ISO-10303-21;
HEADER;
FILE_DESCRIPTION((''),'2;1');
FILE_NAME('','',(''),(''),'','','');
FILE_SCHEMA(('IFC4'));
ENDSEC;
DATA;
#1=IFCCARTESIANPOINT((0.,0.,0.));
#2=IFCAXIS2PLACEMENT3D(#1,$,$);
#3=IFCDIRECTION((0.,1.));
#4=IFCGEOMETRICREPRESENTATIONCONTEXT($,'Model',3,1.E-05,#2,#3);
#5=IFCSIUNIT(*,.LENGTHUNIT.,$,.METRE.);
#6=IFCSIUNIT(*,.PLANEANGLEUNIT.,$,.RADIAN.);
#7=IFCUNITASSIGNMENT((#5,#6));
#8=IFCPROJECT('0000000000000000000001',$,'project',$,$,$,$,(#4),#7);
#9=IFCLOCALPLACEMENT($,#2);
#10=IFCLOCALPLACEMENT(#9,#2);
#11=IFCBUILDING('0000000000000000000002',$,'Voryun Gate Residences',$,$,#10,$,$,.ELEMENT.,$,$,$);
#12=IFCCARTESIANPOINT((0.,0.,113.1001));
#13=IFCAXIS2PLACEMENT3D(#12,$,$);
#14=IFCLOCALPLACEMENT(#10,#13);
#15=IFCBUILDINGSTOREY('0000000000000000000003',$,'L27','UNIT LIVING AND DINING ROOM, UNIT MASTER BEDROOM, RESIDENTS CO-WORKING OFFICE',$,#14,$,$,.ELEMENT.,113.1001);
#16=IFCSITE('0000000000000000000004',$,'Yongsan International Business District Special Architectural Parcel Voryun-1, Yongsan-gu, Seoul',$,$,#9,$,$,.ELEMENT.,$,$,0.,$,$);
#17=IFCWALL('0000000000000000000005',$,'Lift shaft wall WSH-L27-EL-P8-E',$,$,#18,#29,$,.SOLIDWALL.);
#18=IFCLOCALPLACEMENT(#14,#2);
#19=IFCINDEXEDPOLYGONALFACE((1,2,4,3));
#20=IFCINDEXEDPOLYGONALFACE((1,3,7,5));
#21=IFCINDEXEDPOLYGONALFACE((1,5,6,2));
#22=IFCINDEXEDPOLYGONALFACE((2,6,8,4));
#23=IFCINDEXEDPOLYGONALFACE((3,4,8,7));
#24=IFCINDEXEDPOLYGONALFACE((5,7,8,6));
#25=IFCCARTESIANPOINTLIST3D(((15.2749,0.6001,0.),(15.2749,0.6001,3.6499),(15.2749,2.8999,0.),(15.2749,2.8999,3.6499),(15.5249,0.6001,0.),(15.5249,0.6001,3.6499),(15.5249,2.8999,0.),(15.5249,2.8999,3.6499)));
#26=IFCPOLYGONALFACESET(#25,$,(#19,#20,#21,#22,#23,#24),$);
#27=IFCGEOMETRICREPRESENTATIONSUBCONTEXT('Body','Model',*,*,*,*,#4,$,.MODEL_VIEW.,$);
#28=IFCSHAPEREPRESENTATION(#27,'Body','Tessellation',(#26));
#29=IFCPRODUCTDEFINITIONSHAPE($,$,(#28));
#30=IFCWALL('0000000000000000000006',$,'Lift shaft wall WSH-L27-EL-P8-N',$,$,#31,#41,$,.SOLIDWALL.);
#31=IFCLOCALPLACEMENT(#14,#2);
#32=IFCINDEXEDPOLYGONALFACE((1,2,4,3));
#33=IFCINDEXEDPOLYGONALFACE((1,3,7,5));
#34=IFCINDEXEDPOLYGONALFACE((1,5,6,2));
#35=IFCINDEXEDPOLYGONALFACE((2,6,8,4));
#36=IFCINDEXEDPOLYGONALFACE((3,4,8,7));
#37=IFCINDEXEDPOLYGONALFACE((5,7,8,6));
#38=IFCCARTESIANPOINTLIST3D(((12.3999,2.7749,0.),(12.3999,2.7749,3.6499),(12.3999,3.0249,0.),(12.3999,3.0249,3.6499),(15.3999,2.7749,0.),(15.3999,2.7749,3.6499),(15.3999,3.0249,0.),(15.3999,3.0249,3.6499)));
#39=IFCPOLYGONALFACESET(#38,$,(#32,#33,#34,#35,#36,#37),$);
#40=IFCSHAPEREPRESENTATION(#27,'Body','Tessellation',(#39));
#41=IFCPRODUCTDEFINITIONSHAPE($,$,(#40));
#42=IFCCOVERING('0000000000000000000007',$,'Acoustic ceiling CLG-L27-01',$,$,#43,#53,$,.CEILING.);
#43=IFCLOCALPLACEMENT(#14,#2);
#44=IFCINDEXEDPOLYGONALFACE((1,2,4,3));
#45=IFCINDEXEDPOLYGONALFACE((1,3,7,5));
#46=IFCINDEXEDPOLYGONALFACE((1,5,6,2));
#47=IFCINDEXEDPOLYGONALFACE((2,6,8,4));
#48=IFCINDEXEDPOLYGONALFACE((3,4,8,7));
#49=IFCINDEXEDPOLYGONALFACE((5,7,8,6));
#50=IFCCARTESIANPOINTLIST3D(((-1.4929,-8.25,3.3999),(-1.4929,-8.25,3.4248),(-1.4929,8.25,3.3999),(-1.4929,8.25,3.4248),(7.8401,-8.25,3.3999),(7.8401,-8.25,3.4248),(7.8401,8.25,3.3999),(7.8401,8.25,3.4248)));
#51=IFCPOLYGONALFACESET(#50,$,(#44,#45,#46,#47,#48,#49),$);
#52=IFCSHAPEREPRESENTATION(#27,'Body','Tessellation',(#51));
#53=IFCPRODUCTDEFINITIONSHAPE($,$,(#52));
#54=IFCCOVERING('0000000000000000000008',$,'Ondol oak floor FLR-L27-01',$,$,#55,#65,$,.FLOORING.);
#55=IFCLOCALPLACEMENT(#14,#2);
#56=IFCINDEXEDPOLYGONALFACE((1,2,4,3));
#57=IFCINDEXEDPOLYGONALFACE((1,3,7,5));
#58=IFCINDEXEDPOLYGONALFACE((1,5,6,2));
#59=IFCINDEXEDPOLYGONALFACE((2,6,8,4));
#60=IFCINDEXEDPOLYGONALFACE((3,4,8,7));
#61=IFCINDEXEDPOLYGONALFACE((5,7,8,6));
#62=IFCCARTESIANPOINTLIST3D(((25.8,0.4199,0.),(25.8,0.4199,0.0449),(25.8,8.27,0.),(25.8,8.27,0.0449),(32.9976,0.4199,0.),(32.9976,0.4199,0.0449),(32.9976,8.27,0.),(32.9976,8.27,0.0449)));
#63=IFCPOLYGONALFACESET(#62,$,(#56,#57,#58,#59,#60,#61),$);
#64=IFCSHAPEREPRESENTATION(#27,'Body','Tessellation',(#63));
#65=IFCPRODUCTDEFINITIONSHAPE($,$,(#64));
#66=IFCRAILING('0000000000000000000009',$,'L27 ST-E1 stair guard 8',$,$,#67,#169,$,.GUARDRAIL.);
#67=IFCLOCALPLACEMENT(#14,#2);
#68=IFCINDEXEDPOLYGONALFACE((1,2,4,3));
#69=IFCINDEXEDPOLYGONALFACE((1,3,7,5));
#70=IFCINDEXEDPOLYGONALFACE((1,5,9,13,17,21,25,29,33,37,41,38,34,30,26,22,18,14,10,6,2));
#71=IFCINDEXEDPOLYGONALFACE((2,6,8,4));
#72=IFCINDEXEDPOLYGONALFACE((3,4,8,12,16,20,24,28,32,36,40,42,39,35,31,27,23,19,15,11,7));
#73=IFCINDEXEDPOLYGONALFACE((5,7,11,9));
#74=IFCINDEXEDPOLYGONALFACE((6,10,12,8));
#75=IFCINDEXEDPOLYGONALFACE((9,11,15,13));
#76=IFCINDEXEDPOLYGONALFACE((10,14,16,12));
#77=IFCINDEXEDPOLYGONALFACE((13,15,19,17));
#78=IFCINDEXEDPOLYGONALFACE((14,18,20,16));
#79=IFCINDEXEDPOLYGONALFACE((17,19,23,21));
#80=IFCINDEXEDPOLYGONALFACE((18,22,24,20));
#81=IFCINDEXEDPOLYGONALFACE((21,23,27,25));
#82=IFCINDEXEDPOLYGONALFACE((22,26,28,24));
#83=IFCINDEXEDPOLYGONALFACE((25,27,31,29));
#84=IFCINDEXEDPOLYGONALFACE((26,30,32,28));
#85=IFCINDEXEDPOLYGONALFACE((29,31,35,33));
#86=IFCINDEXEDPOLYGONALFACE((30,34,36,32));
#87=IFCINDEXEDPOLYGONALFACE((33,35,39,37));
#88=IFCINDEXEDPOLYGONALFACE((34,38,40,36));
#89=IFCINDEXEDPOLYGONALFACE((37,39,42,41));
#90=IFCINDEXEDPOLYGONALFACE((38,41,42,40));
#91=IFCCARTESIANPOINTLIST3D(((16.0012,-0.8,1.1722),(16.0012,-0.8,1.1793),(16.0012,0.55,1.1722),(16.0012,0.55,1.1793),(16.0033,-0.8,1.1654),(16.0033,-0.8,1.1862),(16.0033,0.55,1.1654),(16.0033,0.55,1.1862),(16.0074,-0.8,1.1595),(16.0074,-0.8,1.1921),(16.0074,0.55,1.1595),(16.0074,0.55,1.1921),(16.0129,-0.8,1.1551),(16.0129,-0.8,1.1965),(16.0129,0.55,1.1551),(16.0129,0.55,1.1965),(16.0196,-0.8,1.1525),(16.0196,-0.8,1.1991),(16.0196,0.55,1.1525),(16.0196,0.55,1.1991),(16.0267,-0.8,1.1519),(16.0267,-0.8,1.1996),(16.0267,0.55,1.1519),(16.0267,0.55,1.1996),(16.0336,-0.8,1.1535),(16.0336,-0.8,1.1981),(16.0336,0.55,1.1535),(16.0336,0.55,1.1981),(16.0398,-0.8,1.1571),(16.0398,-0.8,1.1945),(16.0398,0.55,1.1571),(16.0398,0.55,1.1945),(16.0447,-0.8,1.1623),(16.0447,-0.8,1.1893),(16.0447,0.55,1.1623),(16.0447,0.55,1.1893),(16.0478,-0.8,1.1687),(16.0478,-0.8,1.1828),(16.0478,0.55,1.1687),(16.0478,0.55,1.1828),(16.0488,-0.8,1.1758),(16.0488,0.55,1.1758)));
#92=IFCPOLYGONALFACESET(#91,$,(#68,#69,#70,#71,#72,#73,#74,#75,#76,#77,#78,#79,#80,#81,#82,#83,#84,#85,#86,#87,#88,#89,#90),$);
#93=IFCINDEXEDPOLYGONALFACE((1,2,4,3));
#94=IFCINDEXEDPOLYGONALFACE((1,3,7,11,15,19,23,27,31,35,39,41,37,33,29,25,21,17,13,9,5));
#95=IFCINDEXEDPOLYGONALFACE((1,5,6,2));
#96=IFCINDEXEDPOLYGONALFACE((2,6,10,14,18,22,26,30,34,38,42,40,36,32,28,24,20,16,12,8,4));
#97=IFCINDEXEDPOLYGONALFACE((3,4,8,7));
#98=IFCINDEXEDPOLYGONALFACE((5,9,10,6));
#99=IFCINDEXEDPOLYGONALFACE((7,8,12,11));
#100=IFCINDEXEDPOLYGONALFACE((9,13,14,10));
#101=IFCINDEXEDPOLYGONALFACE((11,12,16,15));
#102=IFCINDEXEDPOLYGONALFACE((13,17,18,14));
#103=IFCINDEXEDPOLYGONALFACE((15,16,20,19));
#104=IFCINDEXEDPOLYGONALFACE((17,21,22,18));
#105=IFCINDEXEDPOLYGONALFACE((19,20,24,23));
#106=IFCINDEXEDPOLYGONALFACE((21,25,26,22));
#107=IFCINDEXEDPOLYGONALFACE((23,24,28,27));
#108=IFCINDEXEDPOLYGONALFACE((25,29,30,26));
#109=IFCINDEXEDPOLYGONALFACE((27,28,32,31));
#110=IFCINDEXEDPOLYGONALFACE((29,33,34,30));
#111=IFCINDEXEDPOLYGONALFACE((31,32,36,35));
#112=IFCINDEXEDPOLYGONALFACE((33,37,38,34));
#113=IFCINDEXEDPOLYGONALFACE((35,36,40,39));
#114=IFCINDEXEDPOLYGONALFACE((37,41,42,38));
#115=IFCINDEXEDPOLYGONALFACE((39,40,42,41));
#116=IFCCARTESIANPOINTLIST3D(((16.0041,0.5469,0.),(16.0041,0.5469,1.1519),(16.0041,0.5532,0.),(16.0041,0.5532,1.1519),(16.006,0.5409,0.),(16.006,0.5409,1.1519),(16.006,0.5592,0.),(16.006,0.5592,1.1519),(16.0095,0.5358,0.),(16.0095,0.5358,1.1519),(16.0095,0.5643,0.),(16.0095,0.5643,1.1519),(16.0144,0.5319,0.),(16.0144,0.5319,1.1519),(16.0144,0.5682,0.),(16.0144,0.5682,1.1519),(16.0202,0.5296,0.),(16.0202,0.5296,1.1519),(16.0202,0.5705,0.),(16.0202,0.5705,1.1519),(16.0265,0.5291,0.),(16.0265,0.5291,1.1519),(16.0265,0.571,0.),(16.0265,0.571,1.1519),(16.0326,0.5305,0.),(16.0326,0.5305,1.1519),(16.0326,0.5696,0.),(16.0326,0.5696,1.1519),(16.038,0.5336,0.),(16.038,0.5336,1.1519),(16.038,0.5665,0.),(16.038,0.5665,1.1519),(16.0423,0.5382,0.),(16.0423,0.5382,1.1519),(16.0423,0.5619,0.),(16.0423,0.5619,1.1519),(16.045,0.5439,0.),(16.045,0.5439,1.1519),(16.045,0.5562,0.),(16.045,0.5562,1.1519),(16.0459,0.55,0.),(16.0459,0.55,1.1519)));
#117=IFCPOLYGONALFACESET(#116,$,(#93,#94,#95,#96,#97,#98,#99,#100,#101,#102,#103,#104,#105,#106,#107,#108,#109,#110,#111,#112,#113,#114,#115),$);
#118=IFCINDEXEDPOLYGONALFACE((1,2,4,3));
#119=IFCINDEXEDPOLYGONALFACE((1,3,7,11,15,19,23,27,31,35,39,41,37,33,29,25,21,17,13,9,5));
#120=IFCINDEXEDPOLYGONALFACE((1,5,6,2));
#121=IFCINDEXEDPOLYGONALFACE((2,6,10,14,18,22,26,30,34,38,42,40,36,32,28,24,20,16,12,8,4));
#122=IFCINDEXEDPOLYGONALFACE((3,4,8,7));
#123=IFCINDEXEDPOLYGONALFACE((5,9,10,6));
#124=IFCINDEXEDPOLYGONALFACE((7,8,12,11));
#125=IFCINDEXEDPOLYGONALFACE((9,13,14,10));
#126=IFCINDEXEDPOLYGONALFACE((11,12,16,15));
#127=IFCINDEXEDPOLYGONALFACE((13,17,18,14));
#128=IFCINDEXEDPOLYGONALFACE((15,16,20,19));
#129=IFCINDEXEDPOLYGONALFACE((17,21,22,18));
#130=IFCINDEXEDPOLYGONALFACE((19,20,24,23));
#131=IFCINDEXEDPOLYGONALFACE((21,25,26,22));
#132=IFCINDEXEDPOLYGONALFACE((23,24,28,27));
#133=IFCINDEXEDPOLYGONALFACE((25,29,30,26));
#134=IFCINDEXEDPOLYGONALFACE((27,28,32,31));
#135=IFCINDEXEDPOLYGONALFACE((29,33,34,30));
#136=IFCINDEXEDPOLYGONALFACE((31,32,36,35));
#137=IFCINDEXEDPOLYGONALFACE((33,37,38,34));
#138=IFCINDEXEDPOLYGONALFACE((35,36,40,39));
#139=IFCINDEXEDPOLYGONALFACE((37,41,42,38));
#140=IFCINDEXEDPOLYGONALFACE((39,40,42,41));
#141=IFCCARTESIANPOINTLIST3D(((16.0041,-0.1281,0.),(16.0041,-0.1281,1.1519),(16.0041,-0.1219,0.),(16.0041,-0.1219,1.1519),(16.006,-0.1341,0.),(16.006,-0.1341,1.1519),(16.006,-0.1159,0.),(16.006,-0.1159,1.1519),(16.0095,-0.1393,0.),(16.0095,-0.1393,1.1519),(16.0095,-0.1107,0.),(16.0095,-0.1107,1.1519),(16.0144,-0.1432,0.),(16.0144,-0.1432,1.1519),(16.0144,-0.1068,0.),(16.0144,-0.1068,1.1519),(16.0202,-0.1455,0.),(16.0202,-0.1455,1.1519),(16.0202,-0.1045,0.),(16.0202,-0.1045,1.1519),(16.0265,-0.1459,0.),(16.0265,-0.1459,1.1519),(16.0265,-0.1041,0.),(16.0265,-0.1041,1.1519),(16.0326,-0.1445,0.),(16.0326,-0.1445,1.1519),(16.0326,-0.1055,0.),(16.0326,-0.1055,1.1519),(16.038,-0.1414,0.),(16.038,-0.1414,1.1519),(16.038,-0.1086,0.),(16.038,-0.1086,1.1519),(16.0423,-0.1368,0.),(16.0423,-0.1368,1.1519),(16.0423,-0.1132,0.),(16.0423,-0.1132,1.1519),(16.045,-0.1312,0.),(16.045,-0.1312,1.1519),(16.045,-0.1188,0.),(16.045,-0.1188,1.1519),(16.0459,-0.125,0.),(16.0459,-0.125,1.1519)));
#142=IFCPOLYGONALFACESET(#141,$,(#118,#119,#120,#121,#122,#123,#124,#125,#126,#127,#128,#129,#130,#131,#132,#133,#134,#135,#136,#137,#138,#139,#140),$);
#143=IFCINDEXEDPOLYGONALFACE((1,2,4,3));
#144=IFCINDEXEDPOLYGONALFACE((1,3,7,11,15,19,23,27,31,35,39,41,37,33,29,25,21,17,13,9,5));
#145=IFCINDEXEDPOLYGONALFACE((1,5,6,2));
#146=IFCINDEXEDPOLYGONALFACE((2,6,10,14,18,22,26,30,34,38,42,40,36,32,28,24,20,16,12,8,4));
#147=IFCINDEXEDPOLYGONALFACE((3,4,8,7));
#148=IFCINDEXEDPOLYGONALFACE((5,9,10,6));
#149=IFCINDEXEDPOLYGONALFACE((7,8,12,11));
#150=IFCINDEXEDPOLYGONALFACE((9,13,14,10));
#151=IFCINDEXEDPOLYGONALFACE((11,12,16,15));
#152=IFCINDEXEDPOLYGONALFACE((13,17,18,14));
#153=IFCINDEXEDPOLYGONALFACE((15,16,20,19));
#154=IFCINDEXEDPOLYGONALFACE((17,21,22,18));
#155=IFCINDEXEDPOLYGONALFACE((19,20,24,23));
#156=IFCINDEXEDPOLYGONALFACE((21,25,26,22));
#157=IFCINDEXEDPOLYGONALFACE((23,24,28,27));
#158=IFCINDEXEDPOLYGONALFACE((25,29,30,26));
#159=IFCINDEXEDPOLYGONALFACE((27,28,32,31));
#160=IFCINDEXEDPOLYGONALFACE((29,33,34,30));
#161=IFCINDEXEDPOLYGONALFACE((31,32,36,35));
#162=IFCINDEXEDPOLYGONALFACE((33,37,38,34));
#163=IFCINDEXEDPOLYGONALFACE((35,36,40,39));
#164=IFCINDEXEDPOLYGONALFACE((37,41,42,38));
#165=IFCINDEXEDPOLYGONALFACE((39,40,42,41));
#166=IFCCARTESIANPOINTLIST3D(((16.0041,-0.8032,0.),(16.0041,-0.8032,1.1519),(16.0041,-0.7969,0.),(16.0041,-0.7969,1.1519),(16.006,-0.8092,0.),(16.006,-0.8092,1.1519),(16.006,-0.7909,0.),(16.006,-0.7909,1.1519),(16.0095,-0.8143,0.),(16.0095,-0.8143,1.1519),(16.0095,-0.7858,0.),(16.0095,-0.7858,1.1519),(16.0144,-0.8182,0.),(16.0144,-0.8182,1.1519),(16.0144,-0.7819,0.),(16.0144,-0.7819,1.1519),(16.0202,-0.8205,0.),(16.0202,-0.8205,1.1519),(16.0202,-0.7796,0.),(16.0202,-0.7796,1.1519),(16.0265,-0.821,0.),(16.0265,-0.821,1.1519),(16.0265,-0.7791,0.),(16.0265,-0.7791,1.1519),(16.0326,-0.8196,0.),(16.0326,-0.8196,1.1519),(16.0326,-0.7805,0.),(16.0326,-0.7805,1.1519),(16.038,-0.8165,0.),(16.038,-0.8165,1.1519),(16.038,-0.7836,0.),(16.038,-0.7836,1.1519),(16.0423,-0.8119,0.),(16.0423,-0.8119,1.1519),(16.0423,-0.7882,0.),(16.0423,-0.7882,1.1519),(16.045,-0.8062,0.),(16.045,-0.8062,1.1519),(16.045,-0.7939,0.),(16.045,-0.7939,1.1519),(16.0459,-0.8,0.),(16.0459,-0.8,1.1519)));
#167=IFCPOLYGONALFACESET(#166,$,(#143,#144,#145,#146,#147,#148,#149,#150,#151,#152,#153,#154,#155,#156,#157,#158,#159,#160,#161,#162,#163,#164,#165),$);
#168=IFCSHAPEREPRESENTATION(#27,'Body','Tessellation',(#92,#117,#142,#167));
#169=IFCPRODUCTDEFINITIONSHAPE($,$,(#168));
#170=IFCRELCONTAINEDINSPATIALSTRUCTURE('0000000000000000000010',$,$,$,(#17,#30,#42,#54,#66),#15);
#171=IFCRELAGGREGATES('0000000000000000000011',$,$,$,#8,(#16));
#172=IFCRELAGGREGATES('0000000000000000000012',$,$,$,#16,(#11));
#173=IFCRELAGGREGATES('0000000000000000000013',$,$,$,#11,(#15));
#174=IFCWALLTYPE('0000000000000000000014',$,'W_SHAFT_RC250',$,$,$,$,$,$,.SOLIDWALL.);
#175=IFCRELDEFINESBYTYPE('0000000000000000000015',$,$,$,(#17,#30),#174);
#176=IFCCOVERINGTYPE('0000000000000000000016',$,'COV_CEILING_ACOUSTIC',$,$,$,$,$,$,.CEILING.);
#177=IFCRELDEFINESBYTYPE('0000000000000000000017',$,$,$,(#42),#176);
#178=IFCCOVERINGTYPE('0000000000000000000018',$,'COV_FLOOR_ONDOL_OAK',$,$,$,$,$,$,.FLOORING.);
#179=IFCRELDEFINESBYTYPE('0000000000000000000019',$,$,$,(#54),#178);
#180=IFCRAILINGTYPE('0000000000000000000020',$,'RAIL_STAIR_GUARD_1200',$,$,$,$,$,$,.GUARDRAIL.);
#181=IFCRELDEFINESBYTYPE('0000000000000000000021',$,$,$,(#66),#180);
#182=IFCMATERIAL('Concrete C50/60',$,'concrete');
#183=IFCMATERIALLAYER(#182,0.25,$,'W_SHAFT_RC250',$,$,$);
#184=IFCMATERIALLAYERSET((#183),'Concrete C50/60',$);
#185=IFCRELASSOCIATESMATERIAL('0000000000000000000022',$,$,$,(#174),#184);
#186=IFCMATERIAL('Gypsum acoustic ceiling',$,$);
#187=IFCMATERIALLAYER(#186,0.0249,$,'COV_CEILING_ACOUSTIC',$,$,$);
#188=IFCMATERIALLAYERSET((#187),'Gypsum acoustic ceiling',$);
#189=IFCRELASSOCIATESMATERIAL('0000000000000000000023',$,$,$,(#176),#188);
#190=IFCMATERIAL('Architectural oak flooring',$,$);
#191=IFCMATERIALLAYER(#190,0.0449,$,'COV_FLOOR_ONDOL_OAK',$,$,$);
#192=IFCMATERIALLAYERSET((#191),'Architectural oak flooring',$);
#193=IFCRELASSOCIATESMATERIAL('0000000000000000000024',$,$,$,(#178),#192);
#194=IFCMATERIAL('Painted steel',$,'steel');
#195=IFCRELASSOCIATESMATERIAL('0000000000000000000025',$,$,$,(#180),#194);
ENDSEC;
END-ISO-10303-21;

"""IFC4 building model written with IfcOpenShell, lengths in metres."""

from ifc_helpers import new_model, si_unit, direction, frame, frame_2d, origin, origin_2d, place, context, subcontext, project, spatial, polyline, rectangle, circle, outline, extrude, material, layer, layer_set, type_object, element, save


model = new_model("IFC4")

# Units and contexts
model_context = context("Model", 3, precision=1e-05, world=origin(), true_north=direction((0.0, 1.0)))
body_context = subcontext(model_context, "Body", "Model", "MODEL_VIEW")
ifc_project = project(units=[si_unit("LENGTHUNIT", "METRE"), si_unit("PLANEANGLEUNIT", "RADIAN")], contexts=[model_context])

# Site, building, storey
site_placement = place(None, origin())
site = spatial("IfcSite", under=ifc_project, at=site_placement, Name="Yongsan International Business District Special Architectural Parcel Voryun-1, Yongsan-gu, Seoul", CompositionType="ELEMENT", RefElevation=0.0)
building_placement = place(site_placement, origin())
building = spatial("IfcBuilding", under=site, at=building_placement, Name="Voryun Gate Residences", CompositionType="ELEMENT")
storey_placement = place(building_placement, frame((0.0, 0.0, 113.1001)))
storey = spatial("IfcBuildingStorey", under=building, at=storey_placement, Name="L27", Description="UNIT LIVING AND DINING ROOM, UNIT MASTER BEDROOM, RESIDENTS CO-WORKING OFFICE", CompositionType="ELEMENT", Elevation=113.1001)

# Walls
ifc_material_1 = material(Name="Concrete C50/60", Category="concrete")
ifc_layer_1 = layer(ifc_material_1, 0.25, Name="W_SHAFT_RC250")
ifc_layer_set_1 = layer_set([ifc_layer_1], Name="Concrete C50/60")
wall_type_1 = type_object("IfcWallType", Name="W_SHAFT_RC250", PredefinedType="SOLIDWALL", material=ifc_layer_set_1)
wall_1_placement = place(storey_placement, frame((15.3999, 0.6001, 0.0), z_axis=(0.0, 0.0, 1.0), x_axis=(0.0, 1.0, 0.0)))
element("IfcWall", 1, at=wall_1_placement, inside=storey, type_object=wall_type_1, Name="Lift shaft wall WSH-L27-EL-P8-E", PredefinedType="SOLIDWALL", context=body_context, shape_type="SweptSolid", body=[
    extrude(rectangle(XDim=2.2998, YDim=0.25, at=frame_2d((1.1499, 0.0))), origin(), (0.0, 0.0, 1.0), 3.6499),
])
wall_2_placement = place(storey_placement, frame((15.3999, 2.8999, 0.0), z_axis=(0.0, 0.0, 1.0), x_axis=(-1.0, 0.0, 0.0)))
element("IfcWall", 2, at=wall_2_placement, inside=storey, type_object=wall_type_1, Name="Lift shaft wall WSH-L27-EL-P8-N", PredefinedType="SOLIDWALL", context=body_context, shape_type="SweptSolid", body=[
    extrude(rectangle(XDim=3.0, YDim=0.25, at=frame_2d((1.5, 0.0))), origin(), (0.0, 0.0, 1.0), 3.6499),
])

# Coverings
ifc_material_2 = material(Name="Gypsum acoustic ceiling")
ifc_layer_2 = layer(ifc_material_2, 0.0249, Name="COV_CEILING_ACOUSTIC")
ifc_layer_set_2 = layer_set([ifc_layer_2], Name="Gypsum acoustic ceiling")
covering_type_1 = type_object("IfcCoveringType", Name="COV_CEILING_ACOUSTIC", PredefinedType="CEILING", material=ifc_layer_set_2)
covering_1_placement = place(storey_placement, frame((0.0, 0.0, 3.3999)))
element("IfcCovering", 3, at=covering_1_placement, inside=storey, type_object=covering_type_1, Name="Acoustic ceiling CLG-L27-01", PredefinedType="CEILING", context=body_context, shape_type="SweptSolid", body=[
    extrude(outline(polyline([(-1.4929, 8.25), (7.8401, 8.25), (7.8401, -8.25), (-1.4929, -8.25), (-1.4929, 8.25)])), origin(), (0.0, 0.0, 1.0), 0.0249),
])
ifc_material_3 = material(Name="Architectural oak flooring")
ifc_layer_3 = layer(ifc_material_3, 0.0449, Name="COV_FLOOR_ONDOL_OAK")
ifc_layer_set_3 = layer_set([ifc_layer_3], Name="Architectural oak flooring")
covering_type_2 = type_object("IfcCoveringType", Name="COV_FLOOR_ONDOL_OAK", PredefinedType="FLOORING", material=ifc_layer_set_3)
covering_2_placement = place(storey_placement, origin())
element("IfcCovering", 4, at=covering_2_placement, inside=storey, type_object=covering_type_2, Name="Ondol oak floor FLR-L27-01", PredefinedType="FLOORING", context=body_context, shape_type="SweptSolid", body=[
    extrude(outline(polyline([(25.8, 0.4199), (25.8, 8.27), (32.9976, 8.27), (32.9976, 0.4199), (25.8, 0.4199)])), origin(), (0.0, 0.0, 1.0), 0.0449),
])

# Railing
ifc_material_4 = material(Name="Painted steel", Category="steel")
railing_type = type_object("IfcRailingType", Name="RAIL_STAIR_GUARD_1200", PredefinedType="GUARDRAIL", material=ifc_material_4)
railing_placement = place(storey_placement, frame((16.0249, 0.55, 0.0)))
element("IfcRailing", 5, at=railing_placement, inside=storey, type_object=railing_type, Name="L27 ST-E1 stair guard 8", PredefinedType="GUARDRAIL", context=body_context, shape_type="SweptSolid", body=[
    extrude(circle(Radius=0.0239, at=origin_2d()), frame((0.0, 0.0, 1.1758), z_axis=(0.0, -1.0, 0.0), x_axis=(1.0, 0.0, 0.0)), (0.0, 0.0, 1.0), 1.3501),
    extrude(circle(Radius=0.021, at=origin_2d()), origin(), (0.0, 0.0, 1.0), 1.1519),
    extrude(circle(Radius=0.021, at=origin_2d()), frame((0.0, -0.675, 0.0)), (0.0, 0.0, 1.0), 1.1519),
    extrude(circle(Radius=0.021, at=origin_2d()), frame((0.0, -1.3501, 0.0)), (0.0, 0.0, 1.0), 1.1519),
])

save(model, "model.ifc")
